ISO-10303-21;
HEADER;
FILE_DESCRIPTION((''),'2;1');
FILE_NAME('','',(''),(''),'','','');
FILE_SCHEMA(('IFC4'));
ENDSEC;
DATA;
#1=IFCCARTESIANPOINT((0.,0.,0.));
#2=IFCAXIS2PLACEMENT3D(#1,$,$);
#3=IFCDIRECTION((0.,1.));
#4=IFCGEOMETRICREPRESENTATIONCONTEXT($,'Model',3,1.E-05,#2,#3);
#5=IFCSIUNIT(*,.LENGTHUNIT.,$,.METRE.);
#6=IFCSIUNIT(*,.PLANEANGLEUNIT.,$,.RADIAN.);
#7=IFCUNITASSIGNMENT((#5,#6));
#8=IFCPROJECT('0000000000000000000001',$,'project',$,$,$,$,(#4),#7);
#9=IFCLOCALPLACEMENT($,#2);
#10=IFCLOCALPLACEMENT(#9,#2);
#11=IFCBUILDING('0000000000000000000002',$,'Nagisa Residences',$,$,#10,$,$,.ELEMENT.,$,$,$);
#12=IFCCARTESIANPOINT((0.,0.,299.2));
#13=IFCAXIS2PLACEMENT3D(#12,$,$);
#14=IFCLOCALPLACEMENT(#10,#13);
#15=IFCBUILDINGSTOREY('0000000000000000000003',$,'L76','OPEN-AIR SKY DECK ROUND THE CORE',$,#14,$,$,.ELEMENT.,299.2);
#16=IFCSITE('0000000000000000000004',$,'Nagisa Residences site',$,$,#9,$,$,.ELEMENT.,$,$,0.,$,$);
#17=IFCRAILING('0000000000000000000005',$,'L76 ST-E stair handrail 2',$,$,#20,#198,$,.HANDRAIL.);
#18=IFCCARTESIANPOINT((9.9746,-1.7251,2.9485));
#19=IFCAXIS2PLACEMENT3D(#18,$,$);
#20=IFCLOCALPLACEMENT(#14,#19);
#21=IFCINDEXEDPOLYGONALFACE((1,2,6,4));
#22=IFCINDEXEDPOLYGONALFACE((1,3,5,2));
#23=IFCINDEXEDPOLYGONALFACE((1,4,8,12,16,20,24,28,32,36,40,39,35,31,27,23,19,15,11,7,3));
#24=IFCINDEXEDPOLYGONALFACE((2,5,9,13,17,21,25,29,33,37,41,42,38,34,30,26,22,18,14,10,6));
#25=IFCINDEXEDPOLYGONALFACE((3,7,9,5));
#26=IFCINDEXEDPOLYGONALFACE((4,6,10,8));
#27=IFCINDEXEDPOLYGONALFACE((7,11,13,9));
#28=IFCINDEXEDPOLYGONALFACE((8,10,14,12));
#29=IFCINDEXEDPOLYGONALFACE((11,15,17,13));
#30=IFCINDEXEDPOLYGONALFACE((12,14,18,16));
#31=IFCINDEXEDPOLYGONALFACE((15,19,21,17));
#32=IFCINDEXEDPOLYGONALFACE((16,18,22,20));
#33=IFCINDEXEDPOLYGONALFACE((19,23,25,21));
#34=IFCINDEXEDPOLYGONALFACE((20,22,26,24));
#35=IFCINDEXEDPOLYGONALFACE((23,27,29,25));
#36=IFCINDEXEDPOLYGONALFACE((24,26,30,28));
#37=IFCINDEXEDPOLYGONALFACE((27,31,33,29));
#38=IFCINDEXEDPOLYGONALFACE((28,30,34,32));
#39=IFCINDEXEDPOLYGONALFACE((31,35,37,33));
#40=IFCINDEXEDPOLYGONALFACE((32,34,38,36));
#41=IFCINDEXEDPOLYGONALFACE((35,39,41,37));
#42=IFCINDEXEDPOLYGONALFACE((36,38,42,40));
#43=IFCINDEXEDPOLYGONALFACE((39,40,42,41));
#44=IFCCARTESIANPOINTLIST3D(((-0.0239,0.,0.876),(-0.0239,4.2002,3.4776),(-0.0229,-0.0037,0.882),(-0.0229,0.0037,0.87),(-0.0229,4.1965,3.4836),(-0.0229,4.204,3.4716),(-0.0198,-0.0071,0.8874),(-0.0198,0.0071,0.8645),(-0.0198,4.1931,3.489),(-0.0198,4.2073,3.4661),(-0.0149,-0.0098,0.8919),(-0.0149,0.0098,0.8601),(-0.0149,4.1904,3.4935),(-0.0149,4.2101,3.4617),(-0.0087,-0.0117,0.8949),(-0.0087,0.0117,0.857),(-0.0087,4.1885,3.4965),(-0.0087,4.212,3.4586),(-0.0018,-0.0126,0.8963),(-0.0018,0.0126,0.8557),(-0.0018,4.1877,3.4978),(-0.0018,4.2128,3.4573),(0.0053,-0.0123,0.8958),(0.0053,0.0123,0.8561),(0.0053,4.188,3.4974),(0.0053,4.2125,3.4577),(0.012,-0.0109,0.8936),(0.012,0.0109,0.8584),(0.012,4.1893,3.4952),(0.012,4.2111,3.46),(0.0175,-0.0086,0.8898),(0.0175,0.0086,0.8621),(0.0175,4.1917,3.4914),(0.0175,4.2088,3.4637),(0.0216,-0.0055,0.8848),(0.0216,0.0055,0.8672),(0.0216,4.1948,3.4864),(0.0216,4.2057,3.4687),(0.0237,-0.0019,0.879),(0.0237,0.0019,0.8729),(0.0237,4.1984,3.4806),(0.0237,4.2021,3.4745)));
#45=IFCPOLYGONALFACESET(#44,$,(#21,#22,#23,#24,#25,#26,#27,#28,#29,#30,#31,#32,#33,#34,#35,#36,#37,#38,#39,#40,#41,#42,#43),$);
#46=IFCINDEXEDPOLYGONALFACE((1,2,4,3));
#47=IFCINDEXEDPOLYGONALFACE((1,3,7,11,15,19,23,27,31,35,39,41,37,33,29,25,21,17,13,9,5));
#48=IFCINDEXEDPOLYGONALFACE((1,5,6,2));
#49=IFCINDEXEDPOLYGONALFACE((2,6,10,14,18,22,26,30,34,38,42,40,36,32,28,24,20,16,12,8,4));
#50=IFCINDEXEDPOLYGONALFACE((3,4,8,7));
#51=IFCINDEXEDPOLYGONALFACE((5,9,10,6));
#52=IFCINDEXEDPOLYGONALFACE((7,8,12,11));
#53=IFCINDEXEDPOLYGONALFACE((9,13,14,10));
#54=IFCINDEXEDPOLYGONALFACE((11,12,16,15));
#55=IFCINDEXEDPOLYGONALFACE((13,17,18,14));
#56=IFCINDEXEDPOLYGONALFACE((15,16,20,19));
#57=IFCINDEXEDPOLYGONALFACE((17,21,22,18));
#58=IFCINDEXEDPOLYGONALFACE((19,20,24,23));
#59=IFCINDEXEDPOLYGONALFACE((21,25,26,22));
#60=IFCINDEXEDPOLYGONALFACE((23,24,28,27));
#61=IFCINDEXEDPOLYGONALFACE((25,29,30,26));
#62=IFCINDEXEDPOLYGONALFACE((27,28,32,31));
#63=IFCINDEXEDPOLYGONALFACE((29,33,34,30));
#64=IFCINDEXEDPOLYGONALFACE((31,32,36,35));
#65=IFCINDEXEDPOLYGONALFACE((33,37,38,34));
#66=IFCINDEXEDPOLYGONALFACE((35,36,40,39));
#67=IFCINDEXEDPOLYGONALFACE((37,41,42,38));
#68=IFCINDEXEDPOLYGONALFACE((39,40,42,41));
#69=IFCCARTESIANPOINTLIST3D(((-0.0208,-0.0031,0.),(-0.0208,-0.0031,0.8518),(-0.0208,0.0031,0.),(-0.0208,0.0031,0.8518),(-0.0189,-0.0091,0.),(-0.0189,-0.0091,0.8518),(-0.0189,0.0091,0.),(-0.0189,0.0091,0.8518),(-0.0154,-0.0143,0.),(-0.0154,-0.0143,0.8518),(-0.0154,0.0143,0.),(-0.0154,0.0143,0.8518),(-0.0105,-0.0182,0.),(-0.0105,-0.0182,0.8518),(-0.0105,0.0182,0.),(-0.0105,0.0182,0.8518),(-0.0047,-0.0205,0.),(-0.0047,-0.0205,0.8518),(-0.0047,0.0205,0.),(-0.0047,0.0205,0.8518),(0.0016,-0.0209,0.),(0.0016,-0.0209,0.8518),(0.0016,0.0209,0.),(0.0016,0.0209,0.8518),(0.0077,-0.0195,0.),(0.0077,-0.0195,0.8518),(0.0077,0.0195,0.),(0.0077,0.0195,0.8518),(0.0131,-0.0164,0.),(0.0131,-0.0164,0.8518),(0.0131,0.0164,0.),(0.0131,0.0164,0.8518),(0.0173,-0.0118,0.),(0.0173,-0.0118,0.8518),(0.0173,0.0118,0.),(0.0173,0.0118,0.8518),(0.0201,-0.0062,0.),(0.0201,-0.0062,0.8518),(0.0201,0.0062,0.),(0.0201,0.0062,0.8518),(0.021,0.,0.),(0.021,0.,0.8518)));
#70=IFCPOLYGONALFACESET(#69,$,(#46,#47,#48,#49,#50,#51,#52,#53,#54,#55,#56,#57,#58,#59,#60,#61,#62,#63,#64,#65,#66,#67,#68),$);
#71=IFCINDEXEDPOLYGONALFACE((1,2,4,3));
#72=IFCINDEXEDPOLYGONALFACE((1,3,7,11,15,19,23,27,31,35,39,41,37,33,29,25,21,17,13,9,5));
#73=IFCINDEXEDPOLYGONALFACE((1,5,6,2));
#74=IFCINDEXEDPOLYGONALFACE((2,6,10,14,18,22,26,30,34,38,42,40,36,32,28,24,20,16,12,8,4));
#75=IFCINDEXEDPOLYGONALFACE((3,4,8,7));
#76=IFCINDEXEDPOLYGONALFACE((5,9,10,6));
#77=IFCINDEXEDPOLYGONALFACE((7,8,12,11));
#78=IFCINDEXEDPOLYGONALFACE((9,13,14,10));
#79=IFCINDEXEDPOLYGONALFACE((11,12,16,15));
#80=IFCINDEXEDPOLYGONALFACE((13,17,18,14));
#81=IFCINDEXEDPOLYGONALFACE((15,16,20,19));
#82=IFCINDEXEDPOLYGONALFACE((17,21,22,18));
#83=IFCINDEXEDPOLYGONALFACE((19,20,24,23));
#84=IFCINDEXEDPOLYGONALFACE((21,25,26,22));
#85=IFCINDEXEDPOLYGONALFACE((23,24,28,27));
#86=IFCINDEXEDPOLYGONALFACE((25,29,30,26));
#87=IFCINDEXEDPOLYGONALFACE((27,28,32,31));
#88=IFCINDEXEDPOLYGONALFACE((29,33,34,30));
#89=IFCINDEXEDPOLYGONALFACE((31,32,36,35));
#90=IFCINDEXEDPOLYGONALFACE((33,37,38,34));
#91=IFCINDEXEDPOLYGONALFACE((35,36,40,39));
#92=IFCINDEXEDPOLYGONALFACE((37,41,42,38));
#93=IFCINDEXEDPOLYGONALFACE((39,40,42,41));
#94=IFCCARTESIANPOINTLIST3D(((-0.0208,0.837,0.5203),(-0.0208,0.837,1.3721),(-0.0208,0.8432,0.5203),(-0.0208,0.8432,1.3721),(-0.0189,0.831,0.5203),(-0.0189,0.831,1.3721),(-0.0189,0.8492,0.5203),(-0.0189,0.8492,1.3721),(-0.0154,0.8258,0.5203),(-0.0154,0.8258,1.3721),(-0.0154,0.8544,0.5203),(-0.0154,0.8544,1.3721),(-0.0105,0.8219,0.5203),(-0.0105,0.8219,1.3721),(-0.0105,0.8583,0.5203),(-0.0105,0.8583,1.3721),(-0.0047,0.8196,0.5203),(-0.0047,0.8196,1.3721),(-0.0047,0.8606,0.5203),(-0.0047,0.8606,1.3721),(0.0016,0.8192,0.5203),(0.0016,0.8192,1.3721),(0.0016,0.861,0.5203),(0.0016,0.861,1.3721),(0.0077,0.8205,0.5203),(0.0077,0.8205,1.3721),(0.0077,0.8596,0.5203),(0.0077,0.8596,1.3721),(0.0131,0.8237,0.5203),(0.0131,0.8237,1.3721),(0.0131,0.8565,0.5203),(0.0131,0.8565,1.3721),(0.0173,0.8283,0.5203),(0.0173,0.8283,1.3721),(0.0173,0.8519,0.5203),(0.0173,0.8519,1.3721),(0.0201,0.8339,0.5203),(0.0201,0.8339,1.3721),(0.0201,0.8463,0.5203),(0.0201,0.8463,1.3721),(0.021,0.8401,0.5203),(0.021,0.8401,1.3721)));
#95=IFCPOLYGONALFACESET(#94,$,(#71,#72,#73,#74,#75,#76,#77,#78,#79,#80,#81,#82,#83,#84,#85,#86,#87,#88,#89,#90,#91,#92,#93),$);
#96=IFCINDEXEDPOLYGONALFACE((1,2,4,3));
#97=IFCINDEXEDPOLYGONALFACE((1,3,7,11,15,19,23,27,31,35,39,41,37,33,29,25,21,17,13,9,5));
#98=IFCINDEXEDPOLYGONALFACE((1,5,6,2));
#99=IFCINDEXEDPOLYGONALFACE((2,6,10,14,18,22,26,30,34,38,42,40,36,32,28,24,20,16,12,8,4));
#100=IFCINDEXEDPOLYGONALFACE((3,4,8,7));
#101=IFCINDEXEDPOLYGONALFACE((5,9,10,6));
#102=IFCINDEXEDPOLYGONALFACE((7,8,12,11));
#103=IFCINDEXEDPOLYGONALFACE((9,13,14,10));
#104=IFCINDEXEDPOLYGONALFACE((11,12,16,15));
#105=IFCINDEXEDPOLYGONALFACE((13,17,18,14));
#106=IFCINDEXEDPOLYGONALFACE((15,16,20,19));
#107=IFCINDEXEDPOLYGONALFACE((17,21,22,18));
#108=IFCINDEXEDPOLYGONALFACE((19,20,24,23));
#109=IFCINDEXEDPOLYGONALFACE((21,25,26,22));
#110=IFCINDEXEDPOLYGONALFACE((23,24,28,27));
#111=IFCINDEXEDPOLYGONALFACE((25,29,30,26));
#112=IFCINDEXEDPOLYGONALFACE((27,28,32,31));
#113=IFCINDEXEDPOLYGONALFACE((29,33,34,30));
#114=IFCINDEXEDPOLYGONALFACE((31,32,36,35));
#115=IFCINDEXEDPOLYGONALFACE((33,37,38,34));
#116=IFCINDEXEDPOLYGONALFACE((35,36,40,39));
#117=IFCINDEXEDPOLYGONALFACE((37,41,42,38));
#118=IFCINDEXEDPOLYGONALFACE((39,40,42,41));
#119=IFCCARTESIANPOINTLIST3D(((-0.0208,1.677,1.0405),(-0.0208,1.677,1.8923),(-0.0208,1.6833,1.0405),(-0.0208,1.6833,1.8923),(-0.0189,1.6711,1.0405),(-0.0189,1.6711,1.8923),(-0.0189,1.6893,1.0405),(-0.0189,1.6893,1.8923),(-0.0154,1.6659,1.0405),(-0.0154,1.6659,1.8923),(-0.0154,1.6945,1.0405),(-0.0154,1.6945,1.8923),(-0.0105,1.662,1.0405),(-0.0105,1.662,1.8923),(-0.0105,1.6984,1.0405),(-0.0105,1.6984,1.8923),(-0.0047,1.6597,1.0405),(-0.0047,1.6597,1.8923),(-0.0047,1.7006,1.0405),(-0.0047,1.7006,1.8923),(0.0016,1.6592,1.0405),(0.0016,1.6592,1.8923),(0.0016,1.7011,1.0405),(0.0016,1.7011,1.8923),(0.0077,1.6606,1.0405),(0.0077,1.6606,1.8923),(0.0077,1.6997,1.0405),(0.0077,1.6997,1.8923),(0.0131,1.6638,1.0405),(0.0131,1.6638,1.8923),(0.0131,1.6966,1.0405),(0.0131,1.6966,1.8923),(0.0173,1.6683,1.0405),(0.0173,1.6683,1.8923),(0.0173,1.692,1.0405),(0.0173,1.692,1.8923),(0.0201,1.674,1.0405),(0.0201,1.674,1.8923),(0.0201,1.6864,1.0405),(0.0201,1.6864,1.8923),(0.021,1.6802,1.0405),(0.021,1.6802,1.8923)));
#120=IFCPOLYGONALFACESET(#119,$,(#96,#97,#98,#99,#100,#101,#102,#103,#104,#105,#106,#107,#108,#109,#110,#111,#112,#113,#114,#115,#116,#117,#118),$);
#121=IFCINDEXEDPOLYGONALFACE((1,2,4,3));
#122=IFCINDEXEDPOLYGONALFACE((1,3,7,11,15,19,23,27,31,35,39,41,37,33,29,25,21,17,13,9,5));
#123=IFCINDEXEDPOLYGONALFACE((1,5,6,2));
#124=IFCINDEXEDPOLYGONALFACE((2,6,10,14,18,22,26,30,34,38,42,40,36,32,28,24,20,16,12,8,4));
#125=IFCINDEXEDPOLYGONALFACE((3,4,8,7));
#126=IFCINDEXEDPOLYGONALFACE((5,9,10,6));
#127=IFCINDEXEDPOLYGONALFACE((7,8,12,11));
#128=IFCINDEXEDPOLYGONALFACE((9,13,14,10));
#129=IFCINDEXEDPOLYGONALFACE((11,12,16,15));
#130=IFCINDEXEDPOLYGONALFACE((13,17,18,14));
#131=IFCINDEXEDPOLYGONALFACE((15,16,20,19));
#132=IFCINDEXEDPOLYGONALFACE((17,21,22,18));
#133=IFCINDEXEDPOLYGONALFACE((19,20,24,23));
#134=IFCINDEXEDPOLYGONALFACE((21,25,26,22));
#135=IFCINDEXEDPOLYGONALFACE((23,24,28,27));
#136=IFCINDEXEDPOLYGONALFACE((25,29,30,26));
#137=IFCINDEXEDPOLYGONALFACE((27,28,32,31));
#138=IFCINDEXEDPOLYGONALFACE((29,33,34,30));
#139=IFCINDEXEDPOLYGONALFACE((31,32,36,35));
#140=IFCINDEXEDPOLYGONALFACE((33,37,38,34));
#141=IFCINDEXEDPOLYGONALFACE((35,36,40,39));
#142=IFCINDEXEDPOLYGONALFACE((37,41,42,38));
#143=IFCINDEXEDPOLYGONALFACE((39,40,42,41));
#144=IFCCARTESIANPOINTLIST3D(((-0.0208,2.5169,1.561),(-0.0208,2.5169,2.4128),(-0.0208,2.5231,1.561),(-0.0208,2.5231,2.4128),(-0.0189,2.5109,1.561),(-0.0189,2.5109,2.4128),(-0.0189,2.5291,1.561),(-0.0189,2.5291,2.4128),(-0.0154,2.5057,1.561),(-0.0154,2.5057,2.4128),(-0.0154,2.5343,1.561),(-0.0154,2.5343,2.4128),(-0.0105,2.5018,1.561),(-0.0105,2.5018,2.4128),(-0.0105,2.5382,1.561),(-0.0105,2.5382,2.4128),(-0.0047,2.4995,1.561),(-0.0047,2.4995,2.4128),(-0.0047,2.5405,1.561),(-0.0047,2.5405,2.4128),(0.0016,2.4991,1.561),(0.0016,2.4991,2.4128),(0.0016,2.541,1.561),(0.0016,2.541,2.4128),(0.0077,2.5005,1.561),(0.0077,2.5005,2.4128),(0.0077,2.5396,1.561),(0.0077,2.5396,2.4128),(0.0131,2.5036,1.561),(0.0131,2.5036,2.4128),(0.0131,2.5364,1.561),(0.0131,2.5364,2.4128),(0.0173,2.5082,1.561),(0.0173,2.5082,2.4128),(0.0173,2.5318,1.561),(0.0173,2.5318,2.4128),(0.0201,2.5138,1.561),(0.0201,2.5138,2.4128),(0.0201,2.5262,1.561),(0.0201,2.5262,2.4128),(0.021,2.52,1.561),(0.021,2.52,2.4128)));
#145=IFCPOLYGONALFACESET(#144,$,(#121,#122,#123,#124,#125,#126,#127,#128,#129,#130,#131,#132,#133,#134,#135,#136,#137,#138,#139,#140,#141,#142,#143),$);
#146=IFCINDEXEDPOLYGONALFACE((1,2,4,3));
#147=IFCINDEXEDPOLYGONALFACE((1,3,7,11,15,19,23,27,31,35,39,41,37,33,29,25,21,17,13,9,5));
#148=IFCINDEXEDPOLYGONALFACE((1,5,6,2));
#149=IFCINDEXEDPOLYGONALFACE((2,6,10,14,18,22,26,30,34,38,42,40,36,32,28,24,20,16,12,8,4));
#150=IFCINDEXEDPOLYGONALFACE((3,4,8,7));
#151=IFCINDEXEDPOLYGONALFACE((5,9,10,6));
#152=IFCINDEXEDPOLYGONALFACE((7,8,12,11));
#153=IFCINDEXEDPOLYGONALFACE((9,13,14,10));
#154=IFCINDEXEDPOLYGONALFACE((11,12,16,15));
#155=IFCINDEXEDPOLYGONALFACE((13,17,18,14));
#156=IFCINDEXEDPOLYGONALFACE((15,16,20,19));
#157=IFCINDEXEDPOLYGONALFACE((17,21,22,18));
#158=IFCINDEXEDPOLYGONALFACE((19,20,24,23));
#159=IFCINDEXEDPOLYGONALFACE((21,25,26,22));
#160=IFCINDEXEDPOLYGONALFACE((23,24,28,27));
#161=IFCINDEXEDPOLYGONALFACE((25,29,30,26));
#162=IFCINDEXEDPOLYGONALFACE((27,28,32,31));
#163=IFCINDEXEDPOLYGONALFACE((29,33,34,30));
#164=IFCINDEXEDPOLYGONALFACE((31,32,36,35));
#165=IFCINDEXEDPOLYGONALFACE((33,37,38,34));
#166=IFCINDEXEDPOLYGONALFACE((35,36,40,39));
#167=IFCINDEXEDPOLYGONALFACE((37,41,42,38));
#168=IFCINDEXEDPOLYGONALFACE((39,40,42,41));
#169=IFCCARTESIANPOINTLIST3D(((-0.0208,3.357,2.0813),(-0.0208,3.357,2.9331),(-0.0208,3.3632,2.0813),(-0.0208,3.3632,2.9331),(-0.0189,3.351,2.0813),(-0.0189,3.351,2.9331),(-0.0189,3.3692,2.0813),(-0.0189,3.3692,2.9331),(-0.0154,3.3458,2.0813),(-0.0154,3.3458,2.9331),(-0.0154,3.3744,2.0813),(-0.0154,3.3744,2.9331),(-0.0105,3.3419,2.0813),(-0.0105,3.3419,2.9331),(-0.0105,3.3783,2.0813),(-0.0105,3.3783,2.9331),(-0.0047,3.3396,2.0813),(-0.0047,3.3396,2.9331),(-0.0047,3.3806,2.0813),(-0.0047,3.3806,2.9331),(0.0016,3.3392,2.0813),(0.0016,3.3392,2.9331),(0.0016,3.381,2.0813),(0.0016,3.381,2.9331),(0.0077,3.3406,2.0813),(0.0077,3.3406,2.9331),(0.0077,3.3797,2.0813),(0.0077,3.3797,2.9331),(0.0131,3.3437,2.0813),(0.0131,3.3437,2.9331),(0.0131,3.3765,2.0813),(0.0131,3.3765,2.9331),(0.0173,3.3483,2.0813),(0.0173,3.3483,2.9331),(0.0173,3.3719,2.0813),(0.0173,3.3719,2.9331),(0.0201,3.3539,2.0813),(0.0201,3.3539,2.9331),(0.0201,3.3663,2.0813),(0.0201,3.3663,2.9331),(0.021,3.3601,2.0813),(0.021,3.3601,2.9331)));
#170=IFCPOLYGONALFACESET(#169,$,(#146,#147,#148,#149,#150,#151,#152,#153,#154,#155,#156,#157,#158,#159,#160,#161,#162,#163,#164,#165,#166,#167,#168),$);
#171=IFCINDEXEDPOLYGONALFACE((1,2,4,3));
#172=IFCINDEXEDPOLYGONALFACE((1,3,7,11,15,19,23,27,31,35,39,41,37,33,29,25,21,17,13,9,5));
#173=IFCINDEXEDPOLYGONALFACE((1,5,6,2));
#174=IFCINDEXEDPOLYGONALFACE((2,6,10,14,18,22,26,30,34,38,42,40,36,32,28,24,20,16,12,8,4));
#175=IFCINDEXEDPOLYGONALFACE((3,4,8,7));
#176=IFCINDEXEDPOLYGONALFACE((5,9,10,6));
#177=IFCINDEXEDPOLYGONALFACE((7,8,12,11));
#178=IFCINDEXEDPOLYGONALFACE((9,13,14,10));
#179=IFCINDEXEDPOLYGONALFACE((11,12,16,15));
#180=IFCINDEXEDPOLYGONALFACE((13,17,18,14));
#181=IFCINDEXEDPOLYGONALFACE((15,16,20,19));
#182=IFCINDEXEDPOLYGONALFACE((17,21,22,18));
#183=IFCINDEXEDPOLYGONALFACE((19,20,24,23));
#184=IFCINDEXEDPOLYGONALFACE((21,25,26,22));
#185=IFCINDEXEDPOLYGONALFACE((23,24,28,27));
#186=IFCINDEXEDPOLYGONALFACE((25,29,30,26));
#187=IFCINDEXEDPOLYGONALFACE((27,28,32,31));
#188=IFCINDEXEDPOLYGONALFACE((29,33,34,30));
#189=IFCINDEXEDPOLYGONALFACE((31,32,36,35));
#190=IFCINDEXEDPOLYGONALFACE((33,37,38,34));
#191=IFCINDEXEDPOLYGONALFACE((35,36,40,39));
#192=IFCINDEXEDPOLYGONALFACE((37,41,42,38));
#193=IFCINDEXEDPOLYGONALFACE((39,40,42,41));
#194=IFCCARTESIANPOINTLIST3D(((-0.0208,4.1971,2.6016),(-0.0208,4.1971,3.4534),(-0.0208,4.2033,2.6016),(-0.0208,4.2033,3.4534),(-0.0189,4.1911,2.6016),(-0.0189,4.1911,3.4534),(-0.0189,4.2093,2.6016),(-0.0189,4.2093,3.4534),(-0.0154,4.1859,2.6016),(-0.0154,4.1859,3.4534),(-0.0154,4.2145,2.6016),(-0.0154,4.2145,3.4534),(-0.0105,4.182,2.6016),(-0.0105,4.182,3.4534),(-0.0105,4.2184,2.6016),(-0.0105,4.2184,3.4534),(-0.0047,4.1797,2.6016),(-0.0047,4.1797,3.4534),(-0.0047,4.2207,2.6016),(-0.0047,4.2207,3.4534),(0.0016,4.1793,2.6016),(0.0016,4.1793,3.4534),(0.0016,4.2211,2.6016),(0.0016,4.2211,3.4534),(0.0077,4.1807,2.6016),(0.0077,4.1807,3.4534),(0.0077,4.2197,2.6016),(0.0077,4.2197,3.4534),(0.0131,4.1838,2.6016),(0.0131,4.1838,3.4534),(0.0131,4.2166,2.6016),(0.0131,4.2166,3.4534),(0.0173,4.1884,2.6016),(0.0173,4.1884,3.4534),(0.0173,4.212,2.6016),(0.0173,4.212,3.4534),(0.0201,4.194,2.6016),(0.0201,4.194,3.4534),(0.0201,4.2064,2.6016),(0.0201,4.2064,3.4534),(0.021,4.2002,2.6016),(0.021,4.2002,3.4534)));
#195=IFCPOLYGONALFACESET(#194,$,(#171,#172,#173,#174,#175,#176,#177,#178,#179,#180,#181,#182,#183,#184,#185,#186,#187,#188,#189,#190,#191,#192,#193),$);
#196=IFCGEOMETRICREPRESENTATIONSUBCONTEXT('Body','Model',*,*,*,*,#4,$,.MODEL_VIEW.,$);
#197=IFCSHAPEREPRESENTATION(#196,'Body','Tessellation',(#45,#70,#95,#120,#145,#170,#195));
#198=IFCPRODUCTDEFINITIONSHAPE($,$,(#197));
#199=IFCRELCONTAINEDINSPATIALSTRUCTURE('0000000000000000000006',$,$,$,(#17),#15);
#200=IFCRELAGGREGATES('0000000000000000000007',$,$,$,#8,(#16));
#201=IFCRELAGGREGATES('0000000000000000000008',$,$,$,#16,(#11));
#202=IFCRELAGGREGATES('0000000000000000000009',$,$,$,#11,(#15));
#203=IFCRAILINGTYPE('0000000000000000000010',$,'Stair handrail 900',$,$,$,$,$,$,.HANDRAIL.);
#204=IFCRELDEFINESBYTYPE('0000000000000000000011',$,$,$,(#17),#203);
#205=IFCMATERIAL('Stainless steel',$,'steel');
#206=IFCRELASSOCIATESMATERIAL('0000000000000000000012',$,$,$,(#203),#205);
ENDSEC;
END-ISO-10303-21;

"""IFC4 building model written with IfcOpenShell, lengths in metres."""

from ifc_helpers import new_model, si_unit, direction, frame, origin, origin_2d, place, context, subcontext, project, spatial, circle, extrude, material, type_object, element, save


model = new_model("IFC4")

# Units and contexts
model_context = context("Model", 3, precision=1e-05, world=origin(), true_north=direction((0.0, 1.0)))
body_context = subcontext(model_context, "Body", "Model", "MODEL_VIEW")
ifc_project = project(units=[si_unit("LENGTHUNIT", "METRE"), si_unit("PLANEANGLEUNIT", "RADIAN")], contexts=[model_context])

# Site, building, storey
site_placement = place(None, origin())
site = spatial("IfcSite", under=ifc_project, at=site_placement, Name="Nagisa Residences site", CompositionType="ELEMENT", RefElevation=0.0)
building_placement = place(site_placement, origin())
building = spatial("IfcBuilding", under=site, at=building_placement, Name="Nagisa Residences", CompositionType="ELEMENT")
storey_placement = place(building_placement, frame((0.0, 0.0, 299.2)))
storey = spatial("IfcBuildingStorey", under=building, at=storey_placement, Name="L76", Description="OPEN-AIR SKY DECK ROUND THE CORE", CompositionType="ELEMENT", Elevation=299.2)

# Railing
ifc_material_1 = material(Name="Stainless steel", Category="steel")
railing_type_1 = type_object("IfcRailingType", Name="Stair handrail 900", PredefinedType="HANDRAIL", material=ifc_material_1)
for number, where, name in (
    (1, (9.9746, -1.7251, 2.9485), "L76 ST-E stair handrail 2"),
):
    element("IfcRailing", number, at=place(storey_placement, frame(where)), inside=storey, type_object=railing_type_1, Name=name, PredefinedType="HANDRAIL", context=body_context, shape_type="SweptSolid", body=[
        extrude(circle(Radius=0.0239, at=origin_2d()), frame((0.0, 0.0, 0.876), z_axis=(0.0, 0.850135, 0.526566), x_axis=(-1.0, 0.0, 0.0)), (0.0, 0.0, 1.0), 4.9407),
        extrude(circle(Radius=0.021, at=origin_2d()), origin(), (0.0, 0.0, 1.0), 0.8518),
        extrude(circle(Radius=0.021, at=origin_2d()), frame((0.0, 0.8401, 0.5203)), (0.0, 0.0, 1.0), 0.8518),
        extrude(circle(Radius=0.021, at=origin_2d()), frame((0.0, 1.6802, 1.0405)), (0.0, 0.0, 1.0), 0.8518),
        extrude(circle(Radius=0.021, at=origin_2d()), frame((0.0, 2.52, 1.561)), (0.0, 0.0, 1.0), 0.8518),
        extrude(circle(Radius=0.021, at=origin_2d()), frame((0.0, 3.3601, 2.0813)), (0.0, 0.0, 1.0), 0.8518),
        extrude(circle(Radius=0.021, at=origin_2d()), frame((0.0, 4.2002, 2.6016)), (0.0, 0.0, 1.0), 0.8518),
    ])

save(model, "model.ifc")
